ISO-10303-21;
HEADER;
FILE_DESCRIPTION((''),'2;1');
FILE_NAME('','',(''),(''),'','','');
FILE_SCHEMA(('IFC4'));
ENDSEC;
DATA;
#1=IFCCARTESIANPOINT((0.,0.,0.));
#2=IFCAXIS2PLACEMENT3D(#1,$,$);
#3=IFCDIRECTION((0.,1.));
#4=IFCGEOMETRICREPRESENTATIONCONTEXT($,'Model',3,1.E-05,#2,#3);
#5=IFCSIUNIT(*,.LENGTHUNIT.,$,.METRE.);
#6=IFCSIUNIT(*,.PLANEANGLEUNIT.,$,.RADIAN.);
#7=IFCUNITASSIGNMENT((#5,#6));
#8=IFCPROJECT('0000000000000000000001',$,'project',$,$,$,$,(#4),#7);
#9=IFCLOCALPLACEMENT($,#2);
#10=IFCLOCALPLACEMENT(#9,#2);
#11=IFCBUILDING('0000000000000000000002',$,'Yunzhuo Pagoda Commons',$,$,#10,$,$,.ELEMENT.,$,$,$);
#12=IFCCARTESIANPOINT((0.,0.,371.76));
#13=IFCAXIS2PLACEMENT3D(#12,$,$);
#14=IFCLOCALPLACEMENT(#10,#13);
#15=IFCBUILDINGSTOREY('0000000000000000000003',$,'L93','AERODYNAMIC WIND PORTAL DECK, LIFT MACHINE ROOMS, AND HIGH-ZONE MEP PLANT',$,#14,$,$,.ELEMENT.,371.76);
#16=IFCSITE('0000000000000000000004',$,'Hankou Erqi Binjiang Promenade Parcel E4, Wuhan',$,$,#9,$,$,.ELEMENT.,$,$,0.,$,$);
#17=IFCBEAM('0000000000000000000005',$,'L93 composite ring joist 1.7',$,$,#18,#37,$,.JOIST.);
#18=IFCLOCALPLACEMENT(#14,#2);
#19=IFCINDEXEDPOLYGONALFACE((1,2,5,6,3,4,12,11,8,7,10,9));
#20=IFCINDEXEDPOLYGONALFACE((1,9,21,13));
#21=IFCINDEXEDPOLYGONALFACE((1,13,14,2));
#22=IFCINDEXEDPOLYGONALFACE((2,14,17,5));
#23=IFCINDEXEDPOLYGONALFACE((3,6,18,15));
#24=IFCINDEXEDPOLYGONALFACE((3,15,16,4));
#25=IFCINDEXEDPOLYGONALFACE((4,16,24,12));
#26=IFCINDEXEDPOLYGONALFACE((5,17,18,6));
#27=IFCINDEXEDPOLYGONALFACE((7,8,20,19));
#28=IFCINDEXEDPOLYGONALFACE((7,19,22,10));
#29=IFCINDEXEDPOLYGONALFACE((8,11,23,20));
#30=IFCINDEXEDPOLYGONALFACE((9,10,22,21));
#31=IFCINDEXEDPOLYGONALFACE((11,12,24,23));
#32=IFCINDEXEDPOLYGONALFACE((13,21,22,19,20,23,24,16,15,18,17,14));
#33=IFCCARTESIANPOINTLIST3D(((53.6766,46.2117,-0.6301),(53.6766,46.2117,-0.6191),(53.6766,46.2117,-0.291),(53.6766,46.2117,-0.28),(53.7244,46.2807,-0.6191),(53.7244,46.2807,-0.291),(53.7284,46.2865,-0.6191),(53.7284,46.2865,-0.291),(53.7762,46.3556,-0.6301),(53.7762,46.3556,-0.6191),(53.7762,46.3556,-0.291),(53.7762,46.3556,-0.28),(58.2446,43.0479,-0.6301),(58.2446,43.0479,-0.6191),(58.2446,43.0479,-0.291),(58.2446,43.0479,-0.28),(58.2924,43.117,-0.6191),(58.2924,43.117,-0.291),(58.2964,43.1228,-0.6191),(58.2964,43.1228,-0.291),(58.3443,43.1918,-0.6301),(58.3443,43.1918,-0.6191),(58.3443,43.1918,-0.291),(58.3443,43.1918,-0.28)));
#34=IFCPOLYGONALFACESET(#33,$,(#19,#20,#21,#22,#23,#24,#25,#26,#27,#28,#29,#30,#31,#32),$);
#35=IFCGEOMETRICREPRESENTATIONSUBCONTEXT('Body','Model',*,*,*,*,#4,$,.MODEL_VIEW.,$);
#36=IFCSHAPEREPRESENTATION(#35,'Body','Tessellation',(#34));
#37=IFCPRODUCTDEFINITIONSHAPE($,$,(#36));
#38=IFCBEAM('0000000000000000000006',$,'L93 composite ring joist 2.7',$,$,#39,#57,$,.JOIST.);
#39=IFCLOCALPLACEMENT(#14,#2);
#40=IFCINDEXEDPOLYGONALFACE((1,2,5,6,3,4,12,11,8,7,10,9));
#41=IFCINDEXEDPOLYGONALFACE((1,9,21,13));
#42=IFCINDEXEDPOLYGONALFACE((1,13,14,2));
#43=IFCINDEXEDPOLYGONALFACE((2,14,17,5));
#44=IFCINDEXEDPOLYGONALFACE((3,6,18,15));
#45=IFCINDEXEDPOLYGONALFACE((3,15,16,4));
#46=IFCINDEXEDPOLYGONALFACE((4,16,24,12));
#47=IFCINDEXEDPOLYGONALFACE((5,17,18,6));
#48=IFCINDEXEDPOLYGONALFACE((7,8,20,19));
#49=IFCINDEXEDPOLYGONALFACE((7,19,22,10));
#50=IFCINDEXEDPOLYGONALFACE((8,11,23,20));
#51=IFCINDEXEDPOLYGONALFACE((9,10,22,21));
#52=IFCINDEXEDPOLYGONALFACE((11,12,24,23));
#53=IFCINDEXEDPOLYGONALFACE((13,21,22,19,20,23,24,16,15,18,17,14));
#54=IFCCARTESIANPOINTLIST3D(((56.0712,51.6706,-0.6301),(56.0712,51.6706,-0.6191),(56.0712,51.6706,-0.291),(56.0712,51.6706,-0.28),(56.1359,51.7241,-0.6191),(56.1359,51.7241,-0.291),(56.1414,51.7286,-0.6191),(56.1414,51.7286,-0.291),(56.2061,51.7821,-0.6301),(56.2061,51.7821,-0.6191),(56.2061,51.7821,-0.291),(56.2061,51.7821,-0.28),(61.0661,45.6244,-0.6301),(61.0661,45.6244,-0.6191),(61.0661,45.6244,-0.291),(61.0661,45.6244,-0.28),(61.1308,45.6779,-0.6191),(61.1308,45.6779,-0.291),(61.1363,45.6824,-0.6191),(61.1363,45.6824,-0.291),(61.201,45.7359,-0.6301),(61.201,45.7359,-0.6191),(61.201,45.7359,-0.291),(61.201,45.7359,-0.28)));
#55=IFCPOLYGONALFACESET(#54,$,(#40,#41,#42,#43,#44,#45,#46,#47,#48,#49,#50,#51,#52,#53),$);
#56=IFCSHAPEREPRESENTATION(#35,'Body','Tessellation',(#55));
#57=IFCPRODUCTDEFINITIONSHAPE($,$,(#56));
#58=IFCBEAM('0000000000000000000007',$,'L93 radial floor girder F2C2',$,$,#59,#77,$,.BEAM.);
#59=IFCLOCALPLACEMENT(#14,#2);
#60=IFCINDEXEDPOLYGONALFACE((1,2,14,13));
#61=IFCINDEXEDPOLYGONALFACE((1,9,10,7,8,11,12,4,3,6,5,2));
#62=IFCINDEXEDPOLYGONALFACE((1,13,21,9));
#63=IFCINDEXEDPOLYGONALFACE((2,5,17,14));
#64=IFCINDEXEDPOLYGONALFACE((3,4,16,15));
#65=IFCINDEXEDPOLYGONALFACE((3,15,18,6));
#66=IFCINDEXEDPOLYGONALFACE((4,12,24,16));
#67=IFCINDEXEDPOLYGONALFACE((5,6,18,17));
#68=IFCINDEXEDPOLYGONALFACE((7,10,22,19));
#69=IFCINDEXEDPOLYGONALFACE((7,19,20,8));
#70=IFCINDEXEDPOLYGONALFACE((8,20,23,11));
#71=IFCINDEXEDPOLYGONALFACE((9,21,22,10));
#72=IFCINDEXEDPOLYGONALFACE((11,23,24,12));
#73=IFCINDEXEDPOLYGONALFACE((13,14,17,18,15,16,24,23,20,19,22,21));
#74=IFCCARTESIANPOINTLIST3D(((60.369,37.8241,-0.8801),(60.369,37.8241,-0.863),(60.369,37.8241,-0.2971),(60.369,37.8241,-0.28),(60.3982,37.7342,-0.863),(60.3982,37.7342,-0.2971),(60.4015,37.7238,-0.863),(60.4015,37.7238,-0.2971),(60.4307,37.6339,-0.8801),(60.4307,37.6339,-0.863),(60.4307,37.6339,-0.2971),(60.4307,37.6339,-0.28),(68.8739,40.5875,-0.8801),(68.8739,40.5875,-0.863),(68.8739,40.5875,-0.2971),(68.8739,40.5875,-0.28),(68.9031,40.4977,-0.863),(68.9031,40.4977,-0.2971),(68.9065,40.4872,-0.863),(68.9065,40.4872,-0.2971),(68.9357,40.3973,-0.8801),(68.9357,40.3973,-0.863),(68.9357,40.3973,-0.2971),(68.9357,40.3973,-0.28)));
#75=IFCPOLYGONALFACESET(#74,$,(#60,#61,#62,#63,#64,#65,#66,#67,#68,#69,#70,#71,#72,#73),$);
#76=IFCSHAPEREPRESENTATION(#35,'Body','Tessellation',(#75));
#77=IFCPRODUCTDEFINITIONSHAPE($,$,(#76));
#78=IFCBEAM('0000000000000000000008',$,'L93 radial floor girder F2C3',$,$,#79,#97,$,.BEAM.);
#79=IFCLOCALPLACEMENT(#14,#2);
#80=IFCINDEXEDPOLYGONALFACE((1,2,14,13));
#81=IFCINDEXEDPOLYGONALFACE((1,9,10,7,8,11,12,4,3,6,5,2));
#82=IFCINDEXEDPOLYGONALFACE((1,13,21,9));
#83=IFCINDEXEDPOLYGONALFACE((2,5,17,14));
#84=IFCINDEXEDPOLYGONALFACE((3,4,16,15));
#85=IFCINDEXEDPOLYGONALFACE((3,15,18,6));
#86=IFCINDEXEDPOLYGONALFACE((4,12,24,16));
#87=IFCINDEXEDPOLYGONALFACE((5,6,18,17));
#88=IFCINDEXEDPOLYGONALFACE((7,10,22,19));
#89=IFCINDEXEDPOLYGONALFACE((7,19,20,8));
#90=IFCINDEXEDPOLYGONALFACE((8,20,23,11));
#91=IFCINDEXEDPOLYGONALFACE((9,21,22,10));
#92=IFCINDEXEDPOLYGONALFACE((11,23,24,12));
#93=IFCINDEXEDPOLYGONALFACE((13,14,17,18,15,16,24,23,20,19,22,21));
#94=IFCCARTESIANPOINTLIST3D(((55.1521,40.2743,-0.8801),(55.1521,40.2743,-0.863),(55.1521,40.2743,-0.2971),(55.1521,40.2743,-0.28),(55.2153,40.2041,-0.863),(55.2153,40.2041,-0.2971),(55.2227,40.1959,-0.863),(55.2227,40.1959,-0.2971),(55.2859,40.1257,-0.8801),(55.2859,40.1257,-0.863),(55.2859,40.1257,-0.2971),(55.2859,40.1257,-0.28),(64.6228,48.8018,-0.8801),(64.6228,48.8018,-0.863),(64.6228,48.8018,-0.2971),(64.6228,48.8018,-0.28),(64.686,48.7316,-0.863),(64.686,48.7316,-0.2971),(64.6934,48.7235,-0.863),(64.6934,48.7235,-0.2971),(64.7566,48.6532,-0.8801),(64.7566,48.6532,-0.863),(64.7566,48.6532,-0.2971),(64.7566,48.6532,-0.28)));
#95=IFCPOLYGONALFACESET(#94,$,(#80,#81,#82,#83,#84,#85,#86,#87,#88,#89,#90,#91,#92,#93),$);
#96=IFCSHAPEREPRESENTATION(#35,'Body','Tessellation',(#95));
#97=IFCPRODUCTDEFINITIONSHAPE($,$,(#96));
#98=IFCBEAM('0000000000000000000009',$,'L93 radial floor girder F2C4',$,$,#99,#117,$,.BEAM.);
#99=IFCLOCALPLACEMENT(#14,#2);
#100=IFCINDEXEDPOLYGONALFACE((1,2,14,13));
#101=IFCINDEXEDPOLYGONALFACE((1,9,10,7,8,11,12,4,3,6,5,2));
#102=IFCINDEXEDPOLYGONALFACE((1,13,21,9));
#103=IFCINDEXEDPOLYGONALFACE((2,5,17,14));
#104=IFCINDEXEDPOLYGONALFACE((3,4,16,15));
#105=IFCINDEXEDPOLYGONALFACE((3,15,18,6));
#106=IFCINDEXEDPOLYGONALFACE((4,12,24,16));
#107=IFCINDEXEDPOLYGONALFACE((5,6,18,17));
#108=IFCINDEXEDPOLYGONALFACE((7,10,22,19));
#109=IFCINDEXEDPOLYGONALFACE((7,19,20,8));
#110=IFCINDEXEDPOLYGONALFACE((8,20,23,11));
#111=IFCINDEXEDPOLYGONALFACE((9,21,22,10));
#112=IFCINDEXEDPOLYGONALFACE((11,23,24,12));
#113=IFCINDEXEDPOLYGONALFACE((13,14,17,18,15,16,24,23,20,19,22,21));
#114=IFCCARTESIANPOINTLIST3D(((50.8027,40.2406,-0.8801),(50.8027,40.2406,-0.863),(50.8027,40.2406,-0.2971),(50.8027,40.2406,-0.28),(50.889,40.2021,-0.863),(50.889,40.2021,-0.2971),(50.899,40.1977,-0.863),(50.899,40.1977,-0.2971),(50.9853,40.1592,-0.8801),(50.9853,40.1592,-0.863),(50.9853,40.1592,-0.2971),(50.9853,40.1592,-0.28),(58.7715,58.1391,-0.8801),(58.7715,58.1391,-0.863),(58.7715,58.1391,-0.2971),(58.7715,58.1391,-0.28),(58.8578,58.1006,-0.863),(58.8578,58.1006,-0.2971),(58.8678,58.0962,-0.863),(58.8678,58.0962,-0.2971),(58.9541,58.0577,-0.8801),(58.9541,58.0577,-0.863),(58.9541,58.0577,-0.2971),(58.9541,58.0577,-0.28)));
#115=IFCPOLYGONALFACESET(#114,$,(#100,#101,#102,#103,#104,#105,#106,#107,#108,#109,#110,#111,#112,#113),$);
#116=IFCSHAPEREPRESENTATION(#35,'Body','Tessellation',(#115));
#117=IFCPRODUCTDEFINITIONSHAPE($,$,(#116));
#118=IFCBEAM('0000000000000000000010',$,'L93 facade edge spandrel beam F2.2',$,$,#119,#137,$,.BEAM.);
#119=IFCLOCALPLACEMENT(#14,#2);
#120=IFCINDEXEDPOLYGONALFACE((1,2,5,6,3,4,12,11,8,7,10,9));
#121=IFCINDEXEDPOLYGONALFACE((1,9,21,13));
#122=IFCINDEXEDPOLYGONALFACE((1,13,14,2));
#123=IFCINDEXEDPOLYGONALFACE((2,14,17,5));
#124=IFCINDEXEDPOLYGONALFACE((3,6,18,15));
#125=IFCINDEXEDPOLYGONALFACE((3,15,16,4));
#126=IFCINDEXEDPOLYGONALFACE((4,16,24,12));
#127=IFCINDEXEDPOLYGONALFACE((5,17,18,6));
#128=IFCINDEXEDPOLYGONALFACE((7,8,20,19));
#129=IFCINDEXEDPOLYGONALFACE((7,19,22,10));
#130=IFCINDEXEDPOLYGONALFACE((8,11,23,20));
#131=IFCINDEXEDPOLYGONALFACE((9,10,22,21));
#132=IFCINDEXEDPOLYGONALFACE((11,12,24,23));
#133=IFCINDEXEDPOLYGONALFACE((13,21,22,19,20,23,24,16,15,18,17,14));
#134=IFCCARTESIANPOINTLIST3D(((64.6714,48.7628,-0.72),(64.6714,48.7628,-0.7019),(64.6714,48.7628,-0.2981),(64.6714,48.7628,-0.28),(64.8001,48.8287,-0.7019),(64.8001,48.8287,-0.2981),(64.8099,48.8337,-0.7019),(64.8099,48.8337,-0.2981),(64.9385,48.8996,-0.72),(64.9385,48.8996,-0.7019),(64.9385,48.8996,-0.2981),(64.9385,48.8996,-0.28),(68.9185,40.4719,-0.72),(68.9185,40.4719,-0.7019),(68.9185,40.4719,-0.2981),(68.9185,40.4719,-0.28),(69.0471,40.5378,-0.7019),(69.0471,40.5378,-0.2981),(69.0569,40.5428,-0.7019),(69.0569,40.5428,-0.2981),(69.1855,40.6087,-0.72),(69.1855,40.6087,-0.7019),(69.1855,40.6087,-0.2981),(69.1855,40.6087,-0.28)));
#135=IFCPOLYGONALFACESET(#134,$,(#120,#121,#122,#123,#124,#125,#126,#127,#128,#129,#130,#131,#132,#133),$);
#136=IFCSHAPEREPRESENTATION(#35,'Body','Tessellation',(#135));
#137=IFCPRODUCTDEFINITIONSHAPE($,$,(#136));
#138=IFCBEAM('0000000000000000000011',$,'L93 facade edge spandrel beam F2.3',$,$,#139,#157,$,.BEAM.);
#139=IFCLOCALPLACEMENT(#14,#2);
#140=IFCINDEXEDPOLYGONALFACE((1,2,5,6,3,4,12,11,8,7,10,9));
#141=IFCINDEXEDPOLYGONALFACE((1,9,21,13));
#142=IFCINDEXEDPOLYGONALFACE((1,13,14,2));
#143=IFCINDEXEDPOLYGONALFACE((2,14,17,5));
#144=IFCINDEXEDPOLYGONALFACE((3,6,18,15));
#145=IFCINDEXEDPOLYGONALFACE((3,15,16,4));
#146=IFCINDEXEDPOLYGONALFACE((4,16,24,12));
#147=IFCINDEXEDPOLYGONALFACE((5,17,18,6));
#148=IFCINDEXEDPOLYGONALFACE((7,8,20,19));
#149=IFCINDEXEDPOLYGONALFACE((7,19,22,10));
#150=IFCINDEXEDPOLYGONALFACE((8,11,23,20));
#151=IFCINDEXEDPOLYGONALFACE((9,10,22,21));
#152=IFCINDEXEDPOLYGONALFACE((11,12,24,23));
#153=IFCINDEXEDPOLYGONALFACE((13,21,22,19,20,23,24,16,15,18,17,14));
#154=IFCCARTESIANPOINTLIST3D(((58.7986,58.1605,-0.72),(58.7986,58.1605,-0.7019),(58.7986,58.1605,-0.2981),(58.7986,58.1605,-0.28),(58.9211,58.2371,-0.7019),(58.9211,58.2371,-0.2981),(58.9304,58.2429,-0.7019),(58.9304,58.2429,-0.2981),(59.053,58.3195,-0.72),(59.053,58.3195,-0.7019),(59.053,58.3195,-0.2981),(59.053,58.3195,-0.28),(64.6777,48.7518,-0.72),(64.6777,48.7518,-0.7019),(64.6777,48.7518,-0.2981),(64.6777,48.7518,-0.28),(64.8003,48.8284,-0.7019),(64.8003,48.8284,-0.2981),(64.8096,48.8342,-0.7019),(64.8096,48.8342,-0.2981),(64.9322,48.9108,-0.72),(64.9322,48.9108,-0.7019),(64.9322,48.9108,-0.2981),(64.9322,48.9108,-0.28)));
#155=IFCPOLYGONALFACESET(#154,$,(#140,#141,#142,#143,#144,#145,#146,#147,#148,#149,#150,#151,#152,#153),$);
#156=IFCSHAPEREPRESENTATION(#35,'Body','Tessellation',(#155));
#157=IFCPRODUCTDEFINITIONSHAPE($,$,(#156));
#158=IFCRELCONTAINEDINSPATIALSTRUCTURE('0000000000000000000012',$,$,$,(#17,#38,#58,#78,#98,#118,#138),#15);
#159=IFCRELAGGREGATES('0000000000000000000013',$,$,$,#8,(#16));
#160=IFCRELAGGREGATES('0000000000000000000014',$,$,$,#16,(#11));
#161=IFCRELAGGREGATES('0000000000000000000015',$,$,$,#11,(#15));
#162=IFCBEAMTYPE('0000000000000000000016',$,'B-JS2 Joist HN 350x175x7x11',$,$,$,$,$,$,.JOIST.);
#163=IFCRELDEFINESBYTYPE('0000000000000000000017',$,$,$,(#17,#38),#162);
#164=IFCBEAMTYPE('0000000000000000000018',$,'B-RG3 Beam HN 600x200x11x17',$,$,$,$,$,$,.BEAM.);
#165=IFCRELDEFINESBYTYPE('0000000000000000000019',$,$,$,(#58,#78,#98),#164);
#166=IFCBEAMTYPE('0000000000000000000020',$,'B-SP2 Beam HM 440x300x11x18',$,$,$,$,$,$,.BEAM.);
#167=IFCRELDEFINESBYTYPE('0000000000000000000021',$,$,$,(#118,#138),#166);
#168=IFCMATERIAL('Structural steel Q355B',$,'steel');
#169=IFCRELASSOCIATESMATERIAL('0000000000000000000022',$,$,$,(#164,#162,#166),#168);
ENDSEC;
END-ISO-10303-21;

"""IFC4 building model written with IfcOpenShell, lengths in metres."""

from ifc_helpers import new_model, si_unit, direction, frame, origin, origin_2d, place, context, subcontext, project, spatial, i_section, extrude, source, transform, mapped, material, material_profile, profile_set, type_object, element, save


model = new_model("IFC4")

# Units and contexts
model_context = context("Model", 3, precision=1e-05, world=origin(), true_north=direction((0.0, 1.0)))
body_context = subcontext(model_context, "Body", "Model", "MODEL_VIEW")
ifc_project = project(units=[si_unit("LENGTHUNIT", "METRE"), si_unit("PLANEANGLEUNIT", "RADIAN")], contexts=[model_context])

# Site, building, storey
site_placement = place(None, origin())
site = spatial("IfcSite", under=ifc_project, at=site_placement, Name="Hankou Erqi Binjiang Promenade Parcel E4, Wuhan", CompositionType="ELEMENT", RefElevation=0.0)
building_placement = place(site_placement, origin())
building = spatial("IfcBuilding", under=site, at=building_placement, Name="Yunzhuo Pagoda Commons", CompositionType="ELEMENT")
storey_placement = place(building_placement, frame((0.0, 0.0, 371.76)))
storey = spatial("IfcBuildingStorey", under=building, at=storey_placement, Name="L93", Description="AERODYNAMIC WIND PORTAL DECK, LIFT MACHINE ROOMS, AND HIGH-ZONE MEP PLANT", CompositionType="ELEMENT", Elevation=371.76)

# Shared definitions
ifc_material_1 = material(Name="Structural steel Q355B", Category="steel")

# Beams
ifc_material_profile_1 = material_profile(ifc_material_1, i_section(OverallWidth=0.2, OverallDepth=0.6001, WebThickness=0.011, FlangeThickness=0.0171, at=origin_2d()), Name="Structural steel Q355B")
ifc_profile_set_1 = profile_set([ifc_material_profile_1], Name="Structural steel Q355B")
beam_type_1 = type_object("IfcBeamType", Name="B-RG3 Beam HN 600x200x11x17", PredefinedType="BEAM", material=ifc_profile_set_1)
ifc_material_profile_2 = material_profile(ifc_material_1, i_section(OverallWidth=0.175, OverallDepth=0.3501, WebThickness=0.0071, FlangeThickness=0.011, at=origin_2d()), Name="Structural steel Q355B")
ifc_profile_set_2 = profile_set([ifc_material_profile_2], Name="Structural steel Q355B")
beam_type_2 = type_object("IfcBeamType", Name="B-JS2 Joist HN 350x175x7x11", PredefinedType="JOIST", material=ifc_profile_set_2)
shared_shape_1 = source(origin(), body_context, "Body", "SweptSolid", [
    extrude(i_section(OverallWidth=0.175, OverallDepth=0.3501, WebThickness=0.0071, FlangeThickness=0.011, at=origin_2d()), origin(), (0.0, 0.0, 1.0), 5.5566),
])
beam_1_placement = place(storey_placement, frame((58.2944, 43.1199, -0.4551), z_axis=(-0.822085, 0.569365, 0.0), x_axis=(-0.569365, -0.822085, 0.0)))
element("IfcBeam", 1, at=beam_1_placement, inside=storey, type_object=beam_type_2, Name="L93 composite ring joist 1.7", PredefinedType="JOIST", context=body_context, shape_type="MappedRepresentation", body=[
    mapped(shared_shape_1, transform((0.0, 0.0, 0.0), scale=1.0)),
])
shared_shape_2 = source(origin(), body_context, "Body", "SweptSolid", [
    extrude(i_section(OverallWidth=0.175, OverallDepth=0.3501, WebThickness=0.0071, FlangeThickness=0.011, at=origin_2d()), origin(), (0.0, 0.0, 1.0), 7.8425),
])
beam_2_placement = place(storey_placement, frame((61.1335, 45.6802, -0.4551), z_axis=(-0.636899, 0.770947, 0.0), x_axis=(-0.770947, -0.636899, 0.0)))
element("IfcBeam", 2, at=beam_2_placement, inside=storey, type_object=beam_type_2, Name="L93 composite ring joist 2.7", PredefinedType="JOIST", context=body_context, shape_type="MappedRepresentation", body=[
    mapped(shared_shape_2, transform((0.0, 0.0, 0.0), scale=1.0)),
])
shared_shape_3 = source(origin(), body_context, "Body", "SweptSolid", [
    extrude(i_section(OverallWidth=0.2, OverallDepth=0.6001, WebThickness=0.011, FlangeThickness=0.0171, at=origin_2d()), origin(), (0.0, 0.0, 1.0), 8.9426),
])
beam_3_placement = place(storey_placement, frame((68.9048, 40.4924, -0.5801), z_axis=(-0.951056, -0.309019, 0.0), x_axis=(0.309019, -0.951056, 0.0)))
element("IfcBeam", 3, at=beam_3_placement, inside=storey, type_object=beam_type_1, Name="L93 radial floor girder F2C2", PredefinedType="BEAM", context=body_context, shape_type="MappedRepresentation", body=[
    mapped(shared_shape_3, transform((0.0, 0.0, 0.0), scale=1.0)),
])
shared_shape_4 = source(origin(), body_context, "Body", "SweptSolid", [
    extrude(i_section(OverallWidth=0.2, OverallDepth=0.6001, WebThickness=0.011, FlangeThickness=0.0171, at=origin_2d()), origin(), (0.0, 0.0, 1.0), 12.7441),
])
beam_4_placement = place(storey_placement, frame((64.6897, 48.7275, -0.5801), z_axis=(-0.74314, -0.669136, 0.0), x_axis=(0.669136, -0.74314, 0.0)))
element("IfcBeam", 4, at=beam_4_placement, inside=storey, type_object=beam_type_1, Name="L93 radial floor girder F2C3", PredefinedType="BEAM", context=body_context, shape_type="MappedRepresentation", body=[
    mapped(shared_shape_4, transform((0.0, 0.0, 0.0), scale=1.0)),
])
shared_shape_5 = source(origin(), body_context, "Body", "SweptSolid", [
    extrude(i_section(OverallWidth=0.2, OverallDepth=0.6001, WebThickness=0.011, FlangeThickness=0.0171, at=origin_2d()), origin(), (0.0, 0.0, 1.0), 19.5923),
])
beam_5_placement = place(storey_placement, frame((58.8628, 58.0984, -0.5801), z_axis=(-0.40673, -0.913548, 0.0), x_axis=(0.913548, -0.40673, 0.0)))
element("IfcBeam", 5, at=beam_5_placement, inside=storey, type_object=beam_type_1, Name="L93 radial floor girder F2C4", PredefinedType="BEAM", context=body_context, shape_type="MappedRepresentation", body=[
    mapped(shared_shape_5, transform((0.0, 0.0, 0.0), scale=1.0)),
])
ifc_material_profile_3 = material_profile(ifc_material_1, i_section(OverallWidth=0.3, OverallDepth=0.4399, WebThickness=0.011, FlangeThickness=0.0181, at=origin_2d()), Name="Structural steel Q355B")
ifc_profile_set_3 = profile_set([ifc_material_profile_3], Name="Structural steel Q355B")
beam_type_3 = type_object("IfcBeamType", Name="B-SP2 Beam HM 440x300x11x18", PredefinedType="BEAM", material=ifc_profile_set_3)
shared_shape_6 = source(origin(), body_context, "Body", "SweptSolid", [
    extrude(i_section(OverallWidth=0.3, OverallDepth=0.4399, WebThickness=0.011, FlangeThickness=0.0181, at=origin_2d()), origin(), (0.0, 0.0, 1.0), 9.3154),
])
beam_6_placement = place(storey_placement, frame((69.052, 40.5403, -0.5), z_axis=(-0.455914, 0.890024, 0.0), x_axis=(-0.890024, -0.455914, 0.0)))
element("IfcBeam", 6, at=beam_6_placement, inside=storey, type_object=beam_type_3, Name="L93 facade edge spandrel beam F2.2", PredefinedType="BEAM", context=body_context, shape_type="MappedRepresentation", body=[
    mapped(shared_shape_6, transform((0.0, 0.0, 0.0), scale=1.0)),
])
shared_shape_7 = source(origin(), body_context, "Body", "SweptSolid", [
    extrude(i_section(OverallWidth=0.3, OverallDepth=0.4399, WebThickness=0.011, FlangeThickness=0.0181, at=origin_2d()), origin(), (0.0, 0.0, 1.0), 11.0945),
])
beam_7_placement = place(storey_placement, frame((64.8049, 48.8313, -0.5), z_axis=(-0.529916, 0.84805, 0.0), x_axis=(-0.84805, -0.529916, 0.0)))
element("IfcBeam", 7, at=beam_7_placement, inside=storey, type_object=beam_type_3, Name="L93 facade edge spandrel beam F2.3", PredefinedType="BEAM", context=body_context, shape_type="MappedRepresentation", body=[
    mapped(shared_shape_7, transform((0.0, 0.0, 0.0), scale=1.0)),
])

save(model, "model.ifc")
